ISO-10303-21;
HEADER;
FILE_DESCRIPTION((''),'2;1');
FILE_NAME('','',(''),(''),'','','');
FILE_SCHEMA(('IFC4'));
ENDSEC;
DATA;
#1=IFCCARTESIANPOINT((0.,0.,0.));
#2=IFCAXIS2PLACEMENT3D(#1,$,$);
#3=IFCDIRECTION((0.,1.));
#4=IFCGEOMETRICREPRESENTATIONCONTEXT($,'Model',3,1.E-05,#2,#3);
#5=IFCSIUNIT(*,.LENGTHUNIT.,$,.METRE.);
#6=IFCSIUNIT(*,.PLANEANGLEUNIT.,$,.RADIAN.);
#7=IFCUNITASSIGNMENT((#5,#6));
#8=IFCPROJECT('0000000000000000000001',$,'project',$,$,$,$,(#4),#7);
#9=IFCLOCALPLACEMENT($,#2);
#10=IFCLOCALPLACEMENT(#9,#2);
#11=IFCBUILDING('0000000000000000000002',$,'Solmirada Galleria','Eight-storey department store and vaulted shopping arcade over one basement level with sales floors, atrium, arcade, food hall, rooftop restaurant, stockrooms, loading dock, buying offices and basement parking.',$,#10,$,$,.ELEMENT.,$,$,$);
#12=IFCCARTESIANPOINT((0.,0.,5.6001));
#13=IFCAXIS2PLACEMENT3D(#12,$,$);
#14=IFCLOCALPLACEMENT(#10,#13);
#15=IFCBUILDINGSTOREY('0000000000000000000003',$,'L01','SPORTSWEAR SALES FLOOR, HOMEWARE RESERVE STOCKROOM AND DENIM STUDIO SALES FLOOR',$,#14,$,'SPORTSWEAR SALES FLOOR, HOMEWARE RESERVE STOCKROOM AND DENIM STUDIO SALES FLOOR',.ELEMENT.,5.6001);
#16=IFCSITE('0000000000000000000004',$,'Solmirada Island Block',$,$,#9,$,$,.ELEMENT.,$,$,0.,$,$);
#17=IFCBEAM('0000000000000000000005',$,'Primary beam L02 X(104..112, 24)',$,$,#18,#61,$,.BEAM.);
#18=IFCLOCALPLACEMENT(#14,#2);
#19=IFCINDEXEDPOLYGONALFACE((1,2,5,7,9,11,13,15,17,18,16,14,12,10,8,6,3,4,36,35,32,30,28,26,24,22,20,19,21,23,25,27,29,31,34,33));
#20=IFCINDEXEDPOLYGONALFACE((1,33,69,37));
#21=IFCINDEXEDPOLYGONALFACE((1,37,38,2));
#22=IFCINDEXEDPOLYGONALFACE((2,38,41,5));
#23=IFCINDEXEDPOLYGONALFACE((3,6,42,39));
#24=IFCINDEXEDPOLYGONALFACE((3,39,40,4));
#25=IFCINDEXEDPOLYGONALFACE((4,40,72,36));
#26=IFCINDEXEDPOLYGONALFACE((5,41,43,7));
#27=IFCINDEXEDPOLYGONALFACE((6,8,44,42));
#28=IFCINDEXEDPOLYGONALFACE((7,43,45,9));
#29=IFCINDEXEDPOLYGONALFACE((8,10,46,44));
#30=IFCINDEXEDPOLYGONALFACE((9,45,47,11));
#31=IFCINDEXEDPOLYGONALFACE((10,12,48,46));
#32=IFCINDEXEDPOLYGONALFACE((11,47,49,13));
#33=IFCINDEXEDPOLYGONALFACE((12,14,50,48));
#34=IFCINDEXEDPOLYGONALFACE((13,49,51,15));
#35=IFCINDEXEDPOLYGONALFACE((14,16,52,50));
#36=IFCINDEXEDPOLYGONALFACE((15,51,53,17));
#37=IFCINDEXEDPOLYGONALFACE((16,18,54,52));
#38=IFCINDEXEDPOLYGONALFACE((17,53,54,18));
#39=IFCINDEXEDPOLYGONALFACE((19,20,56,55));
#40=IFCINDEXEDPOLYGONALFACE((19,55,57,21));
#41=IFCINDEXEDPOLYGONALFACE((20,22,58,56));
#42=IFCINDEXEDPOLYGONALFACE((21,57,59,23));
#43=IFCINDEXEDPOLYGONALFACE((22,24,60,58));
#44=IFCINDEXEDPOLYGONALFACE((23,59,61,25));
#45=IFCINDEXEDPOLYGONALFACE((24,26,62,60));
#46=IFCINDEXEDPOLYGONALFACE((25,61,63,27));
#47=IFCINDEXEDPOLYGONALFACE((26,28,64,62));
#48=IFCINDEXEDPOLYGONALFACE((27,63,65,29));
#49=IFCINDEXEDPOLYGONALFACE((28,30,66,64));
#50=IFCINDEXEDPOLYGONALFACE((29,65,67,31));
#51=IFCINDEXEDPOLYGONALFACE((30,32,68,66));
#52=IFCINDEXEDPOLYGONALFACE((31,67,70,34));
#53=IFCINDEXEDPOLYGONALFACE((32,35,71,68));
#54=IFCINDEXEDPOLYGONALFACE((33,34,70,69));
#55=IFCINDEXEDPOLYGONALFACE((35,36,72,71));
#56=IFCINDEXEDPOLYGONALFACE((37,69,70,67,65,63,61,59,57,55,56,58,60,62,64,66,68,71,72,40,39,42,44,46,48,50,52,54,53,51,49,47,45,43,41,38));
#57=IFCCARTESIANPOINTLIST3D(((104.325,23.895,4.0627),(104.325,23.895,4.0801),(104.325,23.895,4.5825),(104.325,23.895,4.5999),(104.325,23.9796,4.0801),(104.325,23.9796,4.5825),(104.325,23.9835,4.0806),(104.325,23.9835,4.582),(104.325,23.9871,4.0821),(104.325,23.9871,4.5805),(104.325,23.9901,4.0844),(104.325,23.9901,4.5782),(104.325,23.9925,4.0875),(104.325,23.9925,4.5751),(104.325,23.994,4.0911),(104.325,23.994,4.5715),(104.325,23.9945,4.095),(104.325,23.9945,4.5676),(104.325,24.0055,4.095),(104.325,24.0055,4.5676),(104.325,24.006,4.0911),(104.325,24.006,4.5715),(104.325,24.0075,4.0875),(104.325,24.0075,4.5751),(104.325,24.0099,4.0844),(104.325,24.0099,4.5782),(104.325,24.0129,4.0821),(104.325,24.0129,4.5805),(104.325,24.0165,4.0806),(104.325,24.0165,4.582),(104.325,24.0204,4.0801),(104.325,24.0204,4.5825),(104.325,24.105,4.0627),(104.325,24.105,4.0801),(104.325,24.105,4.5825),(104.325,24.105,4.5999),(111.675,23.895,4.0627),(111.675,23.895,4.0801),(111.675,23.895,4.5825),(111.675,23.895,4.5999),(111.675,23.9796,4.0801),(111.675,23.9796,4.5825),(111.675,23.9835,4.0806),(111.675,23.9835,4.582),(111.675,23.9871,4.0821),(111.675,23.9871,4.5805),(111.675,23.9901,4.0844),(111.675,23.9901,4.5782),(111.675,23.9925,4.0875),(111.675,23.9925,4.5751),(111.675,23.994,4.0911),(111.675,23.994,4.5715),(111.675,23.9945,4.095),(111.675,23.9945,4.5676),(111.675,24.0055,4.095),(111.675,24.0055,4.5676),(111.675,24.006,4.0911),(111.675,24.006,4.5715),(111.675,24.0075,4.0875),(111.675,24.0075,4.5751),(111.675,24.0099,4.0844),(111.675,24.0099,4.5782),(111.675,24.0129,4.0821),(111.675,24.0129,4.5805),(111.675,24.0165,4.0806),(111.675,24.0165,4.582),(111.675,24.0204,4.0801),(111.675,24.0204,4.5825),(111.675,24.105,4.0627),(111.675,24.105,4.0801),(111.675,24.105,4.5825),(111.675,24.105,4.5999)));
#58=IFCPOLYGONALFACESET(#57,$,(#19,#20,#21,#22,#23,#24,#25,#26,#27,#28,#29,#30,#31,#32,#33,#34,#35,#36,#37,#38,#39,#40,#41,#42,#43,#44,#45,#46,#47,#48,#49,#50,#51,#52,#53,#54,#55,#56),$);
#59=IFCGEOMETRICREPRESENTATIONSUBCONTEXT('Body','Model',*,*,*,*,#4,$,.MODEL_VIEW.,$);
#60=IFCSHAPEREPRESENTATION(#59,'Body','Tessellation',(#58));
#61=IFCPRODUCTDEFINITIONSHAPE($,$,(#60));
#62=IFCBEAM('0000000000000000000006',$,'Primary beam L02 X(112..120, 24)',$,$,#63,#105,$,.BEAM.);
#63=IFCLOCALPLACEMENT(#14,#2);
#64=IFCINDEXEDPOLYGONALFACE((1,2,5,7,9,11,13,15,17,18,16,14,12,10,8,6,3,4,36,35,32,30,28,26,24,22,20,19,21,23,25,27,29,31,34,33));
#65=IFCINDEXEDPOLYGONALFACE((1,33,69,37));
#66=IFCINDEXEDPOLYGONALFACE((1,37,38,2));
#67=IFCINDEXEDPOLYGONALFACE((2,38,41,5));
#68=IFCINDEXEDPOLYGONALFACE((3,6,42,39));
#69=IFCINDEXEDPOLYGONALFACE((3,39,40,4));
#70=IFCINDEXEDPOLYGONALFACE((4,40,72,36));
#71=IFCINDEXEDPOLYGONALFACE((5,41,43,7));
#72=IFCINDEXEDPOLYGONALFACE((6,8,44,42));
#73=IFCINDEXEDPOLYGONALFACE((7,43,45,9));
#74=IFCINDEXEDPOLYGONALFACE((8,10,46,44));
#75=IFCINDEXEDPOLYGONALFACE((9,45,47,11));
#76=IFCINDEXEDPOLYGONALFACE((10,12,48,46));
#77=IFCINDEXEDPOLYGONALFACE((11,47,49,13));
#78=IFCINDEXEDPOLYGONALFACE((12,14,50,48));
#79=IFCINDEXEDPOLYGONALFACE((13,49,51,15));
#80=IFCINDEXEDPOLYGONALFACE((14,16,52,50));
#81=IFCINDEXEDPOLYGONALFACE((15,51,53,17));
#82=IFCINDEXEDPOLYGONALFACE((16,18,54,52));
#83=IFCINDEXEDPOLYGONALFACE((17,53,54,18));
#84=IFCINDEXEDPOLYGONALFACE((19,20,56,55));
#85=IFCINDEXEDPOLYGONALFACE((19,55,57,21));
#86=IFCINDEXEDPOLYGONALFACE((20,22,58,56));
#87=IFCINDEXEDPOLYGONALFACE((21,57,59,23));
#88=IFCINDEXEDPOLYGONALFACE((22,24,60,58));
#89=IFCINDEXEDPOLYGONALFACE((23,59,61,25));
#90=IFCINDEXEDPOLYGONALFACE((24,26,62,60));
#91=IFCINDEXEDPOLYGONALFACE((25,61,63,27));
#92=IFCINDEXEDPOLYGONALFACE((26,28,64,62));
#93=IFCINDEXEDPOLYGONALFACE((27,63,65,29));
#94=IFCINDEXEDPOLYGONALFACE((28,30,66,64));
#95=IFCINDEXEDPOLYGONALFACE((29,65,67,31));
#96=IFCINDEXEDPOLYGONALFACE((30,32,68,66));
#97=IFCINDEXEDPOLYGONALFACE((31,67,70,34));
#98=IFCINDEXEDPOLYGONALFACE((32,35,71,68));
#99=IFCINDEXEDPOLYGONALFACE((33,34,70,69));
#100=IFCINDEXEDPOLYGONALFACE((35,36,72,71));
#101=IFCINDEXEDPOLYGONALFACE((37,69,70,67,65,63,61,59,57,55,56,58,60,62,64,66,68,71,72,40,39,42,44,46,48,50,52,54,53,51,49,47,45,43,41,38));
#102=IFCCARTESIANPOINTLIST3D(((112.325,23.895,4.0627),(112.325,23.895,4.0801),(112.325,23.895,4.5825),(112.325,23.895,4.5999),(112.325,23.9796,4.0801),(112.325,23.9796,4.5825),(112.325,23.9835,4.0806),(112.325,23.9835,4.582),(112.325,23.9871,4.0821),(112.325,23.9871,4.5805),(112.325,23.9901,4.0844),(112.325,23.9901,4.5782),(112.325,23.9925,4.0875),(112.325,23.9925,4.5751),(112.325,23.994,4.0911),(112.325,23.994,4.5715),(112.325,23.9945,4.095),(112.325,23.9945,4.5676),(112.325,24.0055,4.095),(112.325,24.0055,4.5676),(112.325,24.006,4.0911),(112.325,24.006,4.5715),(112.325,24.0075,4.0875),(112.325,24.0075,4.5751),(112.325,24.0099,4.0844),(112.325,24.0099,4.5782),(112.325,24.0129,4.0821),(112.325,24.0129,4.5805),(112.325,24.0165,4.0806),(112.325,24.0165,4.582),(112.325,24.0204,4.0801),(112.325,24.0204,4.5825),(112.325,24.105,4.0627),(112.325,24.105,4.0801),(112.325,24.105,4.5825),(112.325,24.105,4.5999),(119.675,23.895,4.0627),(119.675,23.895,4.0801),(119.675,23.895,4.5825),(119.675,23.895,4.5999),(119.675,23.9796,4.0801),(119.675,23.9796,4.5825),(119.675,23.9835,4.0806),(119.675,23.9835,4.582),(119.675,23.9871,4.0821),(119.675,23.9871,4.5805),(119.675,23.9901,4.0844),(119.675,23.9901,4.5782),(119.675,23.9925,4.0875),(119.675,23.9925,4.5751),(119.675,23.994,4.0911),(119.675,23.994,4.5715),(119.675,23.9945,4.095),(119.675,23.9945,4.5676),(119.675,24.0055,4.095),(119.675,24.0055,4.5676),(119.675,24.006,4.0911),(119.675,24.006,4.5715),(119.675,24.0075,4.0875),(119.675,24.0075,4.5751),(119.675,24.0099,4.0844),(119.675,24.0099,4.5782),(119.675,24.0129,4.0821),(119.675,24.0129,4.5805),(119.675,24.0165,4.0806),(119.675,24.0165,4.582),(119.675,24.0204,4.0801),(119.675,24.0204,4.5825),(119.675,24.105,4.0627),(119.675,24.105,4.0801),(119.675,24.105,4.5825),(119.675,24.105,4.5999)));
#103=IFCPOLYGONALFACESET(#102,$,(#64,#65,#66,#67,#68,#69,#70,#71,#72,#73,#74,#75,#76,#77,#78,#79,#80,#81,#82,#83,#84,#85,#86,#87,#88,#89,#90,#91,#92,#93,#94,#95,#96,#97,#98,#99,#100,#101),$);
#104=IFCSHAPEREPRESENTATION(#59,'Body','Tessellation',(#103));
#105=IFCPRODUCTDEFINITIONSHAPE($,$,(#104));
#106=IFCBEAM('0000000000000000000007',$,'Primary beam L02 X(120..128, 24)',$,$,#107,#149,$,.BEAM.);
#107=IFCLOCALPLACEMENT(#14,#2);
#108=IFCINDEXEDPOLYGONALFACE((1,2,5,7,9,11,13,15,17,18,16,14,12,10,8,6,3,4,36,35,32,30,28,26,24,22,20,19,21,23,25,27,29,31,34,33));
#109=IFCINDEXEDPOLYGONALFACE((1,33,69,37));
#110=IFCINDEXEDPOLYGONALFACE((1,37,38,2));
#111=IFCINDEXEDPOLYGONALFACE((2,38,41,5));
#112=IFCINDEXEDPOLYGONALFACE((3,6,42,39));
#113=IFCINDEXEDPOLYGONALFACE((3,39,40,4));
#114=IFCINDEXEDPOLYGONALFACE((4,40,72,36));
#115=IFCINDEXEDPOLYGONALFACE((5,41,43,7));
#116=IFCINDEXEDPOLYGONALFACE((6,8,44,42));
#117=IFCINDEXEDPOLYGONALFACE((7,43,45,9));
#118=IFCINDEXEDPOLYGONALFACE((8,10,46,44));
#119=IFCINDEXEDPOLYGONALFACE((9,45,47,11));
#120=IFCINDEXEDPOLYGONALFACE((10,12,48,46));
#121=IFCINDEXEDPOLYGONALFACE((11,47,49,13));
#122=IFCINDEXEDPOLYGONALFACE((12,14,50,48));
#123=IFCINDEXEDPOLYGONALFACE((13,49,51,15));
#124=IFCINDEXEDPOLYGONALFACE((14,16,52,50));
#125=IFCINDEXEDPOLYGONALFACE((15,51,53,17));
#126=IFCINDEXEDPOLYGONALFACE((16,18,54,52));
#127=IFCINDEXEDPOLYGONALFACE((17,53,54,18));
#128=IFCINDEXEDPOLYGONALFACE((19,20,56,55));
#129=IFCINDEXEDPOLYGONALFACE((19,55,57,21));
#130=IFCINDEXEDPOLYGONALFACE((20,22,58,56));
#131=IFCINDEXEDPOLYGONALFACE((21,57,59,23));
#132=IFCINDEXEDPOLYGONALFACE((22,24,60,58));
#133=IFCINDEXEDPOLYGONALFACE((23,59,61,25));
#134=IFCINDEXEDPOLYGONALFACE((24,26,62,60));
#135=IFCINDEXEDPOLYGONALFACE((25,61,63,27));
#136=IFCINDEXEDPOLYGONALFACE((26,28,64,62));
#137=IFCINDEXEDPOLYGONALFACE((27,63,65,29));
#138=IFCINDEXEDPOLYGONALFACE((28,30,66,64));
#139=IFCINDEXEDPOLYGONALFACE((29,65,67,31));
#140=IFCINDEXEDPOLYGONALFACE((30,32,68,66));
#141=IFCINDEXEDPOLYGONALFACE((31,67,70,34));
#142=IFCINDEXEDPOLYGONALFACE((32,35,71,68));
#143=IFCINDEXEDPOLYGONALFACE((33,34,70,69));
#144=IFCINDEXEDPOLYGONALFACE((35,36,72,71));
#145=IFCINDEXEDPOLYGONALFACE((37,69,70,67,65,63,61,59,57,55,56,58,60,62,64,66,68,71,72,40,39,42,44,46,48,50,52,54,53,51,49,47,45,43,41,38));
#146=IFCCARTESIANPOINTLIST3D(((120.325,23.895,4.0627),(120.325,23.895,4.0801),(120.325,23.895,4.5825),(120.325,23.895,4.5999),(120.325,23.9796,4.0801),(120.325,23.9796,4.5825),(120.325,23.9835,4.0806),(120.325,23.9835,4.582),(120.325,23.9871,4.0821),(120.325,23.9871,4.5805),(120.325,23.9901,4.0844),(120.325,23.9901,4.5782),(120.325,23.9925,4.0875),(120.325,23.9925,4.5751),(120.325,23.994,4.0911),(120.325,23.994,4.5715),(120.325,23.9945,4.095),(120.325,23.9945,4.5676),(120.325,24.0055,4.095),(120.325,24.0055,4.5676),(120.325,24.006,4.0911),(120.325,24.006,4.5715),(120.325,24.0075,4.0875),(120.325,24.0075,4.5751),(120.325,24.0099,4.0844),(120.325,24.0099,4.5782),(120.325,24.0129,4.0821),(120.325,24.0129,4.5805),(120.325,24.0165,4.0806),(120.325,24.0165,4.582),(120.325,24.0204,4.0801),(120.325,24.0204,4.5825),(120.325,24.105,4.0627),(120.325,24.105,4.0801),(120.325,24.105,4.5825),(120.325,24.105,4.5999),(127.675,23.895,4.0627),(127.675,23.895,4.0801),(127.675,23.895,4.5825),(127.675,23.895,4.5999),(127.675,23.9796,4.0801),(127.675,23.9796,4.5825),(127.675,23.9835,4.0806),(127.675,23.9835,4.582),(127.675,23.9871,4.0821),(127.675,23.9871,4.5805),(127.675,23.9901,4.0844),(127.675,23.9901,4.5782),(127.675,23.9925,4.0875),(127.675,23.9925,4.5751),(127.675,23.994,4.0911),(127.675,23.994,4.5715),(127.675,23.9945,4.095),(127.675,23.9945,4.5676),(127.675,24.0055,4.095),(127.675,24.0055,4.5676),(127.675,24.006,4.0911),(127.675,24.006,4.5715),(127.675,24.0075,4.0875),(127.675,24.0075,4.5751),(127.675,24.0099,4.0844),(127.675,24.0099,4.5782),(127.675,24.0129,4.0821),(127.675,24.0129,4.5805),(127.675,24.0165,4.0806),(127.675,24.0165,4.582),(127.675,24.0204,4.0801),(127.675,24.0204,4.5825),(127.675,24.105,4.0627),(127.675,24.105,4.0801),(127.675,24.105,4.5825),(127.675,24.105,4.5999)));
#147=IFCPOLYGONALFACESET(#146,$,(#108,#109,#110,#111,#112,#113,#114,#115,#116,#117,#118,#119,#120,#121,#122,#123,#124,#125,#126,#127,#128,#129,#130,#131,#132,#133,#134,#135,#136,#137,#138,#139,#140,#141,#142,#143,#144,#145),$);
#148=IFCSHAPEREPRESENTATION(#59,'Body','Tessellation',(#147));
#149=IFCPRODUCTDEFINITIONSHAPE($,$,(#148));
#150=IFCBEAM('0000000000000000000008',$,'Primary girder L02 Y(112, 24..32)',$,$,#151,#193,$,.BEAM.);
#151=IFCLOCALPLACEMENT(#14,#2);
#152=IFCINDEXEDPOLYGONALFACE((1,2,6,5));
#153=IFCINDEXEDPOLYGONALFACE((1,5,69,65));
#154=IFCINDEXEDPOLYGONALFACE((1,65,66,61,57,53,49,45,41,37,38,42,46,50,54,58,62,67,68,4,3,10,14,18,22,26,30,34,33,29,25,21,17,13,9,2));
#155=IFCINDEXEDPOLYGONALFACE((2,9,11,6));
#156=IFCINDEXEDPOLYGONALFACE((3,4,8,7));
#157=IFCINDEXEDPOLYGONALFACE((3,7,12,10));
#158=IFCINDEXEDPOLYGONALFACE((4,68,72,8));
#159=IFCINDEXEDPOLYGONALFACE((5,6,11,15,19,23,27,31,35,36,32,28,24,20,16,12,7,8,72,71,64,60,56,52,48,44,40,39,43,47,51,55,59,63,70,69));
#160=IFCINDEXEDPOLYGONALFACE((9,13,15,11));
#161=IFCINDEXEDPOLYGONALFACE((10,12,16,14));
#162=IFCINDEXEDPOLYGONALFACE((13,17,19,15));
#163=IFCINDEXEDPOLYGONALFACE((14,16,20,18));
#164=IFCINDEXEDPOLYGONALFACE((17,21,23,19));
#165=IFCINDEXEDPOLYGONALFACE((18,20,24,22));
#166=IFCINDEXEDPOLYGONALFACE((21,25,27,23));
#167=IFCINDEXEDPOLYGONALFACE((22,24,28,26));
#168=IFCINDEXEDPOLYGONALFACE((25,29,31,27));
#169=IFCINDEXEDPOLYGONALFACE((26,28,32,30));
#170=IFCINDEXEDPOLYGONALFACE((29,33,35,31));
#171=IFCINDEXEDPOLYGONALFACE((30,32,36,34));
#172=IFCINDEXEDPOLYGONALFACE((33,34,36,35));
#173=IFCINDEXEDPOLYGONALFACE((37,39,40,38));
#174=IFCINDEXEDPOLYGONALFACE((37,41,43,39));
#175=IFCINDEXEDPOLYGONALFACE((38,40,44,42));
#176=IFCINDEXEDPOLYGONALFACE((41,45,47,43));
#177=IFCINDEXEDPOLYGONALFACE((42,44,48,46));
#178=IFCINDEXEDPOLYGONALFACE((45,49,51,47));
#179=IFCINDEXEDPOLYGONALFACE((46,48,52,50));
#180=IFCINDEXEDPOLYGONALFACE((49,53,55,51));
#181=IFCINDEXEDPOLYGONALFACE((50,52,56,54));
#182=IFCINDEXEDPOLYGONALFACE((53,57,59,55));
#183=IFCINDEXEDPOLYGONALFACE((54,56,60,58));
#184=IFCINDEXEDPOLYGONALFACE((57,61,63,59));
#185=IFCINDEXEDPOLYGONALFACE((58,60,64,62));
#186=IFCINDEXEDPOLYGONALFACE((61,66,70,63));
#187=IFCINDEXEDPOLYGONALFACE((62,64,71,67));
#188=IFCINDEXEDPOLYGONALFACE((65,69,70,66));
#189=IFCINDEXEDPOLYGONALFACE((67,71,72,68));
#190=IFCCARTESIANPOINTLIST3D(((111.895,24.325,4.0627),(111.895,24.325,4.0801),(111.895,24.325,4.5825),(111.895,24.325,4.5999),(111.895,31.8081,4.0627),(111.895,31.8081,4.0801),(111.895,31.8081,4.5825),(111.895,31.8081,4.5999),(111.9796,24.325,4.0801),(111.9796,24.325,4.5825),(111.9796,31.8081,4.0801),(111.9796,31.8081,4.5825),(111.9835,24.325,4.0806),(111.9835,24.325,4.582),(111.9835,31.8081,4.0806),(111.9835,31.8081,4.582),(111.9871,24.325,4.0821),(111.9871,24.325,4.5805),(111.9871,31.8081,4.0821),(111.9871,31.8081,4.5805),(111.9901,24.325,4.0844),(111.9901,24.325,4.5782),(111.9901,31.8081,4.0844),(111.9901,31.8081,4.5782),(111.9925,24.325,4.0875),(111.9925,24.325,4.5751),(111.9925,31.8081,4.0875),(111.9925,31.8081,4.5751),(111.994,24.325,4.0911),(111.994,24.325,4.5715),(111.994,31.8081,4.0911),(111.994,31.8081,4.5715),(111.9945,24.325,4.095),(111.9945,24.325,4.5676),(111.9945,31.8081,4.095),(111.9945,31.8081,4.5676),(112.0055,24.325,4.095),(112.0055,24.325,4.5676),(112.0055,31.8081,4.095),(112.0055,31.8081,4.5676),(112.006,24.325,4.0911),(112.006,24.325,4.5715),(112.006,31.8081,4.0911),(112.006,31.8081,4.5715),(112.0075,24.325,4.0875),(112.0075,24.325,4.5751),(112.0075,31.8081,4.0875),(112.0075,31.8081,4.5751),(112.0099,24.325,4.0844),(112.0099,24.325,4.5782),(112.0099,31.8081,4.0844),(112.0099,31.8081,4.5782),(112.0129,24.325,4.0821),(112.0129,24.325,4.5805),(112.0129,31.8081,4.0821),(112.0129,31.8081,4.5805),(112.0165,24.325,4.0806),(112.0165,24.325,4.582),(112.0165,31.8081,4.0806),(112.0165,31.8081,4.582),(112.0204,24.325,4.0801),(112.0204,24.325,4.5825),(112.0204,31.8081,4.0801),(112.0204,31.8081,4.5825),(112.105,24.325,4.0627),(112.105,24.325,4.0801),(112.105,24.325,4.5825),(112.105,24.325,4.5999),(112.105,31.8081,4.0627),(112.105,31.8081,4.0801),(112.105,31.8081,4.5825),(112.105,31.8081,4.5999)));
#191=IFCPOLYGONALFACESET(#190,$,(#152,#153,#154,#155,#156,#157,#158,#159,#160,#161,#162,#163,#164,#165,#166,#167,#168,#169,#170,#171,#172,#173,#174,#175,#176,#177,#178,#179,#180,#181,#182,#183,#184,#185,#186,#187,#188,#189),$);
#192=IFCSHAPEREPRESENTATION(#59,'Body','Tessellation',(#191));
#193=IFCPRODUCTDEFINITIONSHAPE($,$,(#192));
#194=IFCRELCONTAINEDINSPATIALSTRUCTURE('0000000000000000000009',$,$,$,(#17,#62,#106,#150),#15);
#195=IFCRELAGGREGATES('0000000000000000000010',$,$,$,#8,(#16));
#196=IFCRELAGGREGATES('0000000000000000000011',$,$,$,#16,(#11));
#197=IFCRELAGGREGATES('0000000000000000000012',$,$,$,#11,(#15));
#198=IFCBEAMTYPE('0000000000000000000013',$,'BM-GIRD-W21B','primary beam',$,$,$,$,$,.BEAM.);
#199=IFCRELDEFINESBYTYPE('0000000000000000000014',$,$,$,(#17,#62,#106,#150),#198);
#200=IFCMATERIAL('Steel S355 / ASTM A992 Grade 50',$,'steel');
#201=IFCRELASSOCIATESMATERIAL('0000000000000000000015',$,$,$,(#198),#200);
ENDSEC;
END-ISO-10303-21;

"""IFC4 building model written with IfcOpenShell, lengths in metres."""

from ifc_helpers import new_model, si_unit, direction, frame, origin, origin_2d, place, context, subcontext, project, spatial, i_section, extrude, material, material_profile, profile_set, type_object, element, save


model = new_model("IFC4")

# Units and contexts
model_context = context("Model", 3, precision=1e-05, world=origin(), true_north=direction((0.0, 1.0)))
body_context = subcontext(model_context, "Body", "Model", "MODEL_VIEW")
ifc_project = project(units=[si_unit("LENGTHUNIT", "METRE"), si_unit("PLANEANGLEUNIT", "RADIAN")], contexts=[model_context])

# Site, building, storey
site_placement = place(None, origin())
site = spatial("IfcSite", under=ifc_project, at=site_placement, Name="Solmirada Island Block", CompositionType="ELEMENT", RefElevation=0.0)
building_placement = place(site_placement, origin())
building = spatial("IfcBuilding", under=site, at=building_placement, Name="Solmirada Galleria", Description="Eight-storey department store and vaulted shopping arcade over one basement level with sales floors, atrium, arcade, food hall, rooftop restaurant, stockrooms, loading dock, buying offices and basement parking.", CompositionType="ELEMENT")
storey_placement = place(building_placement, frame((0.0, 0.0, 5.6001)))
storey = spatial("IfcBuildingStorey", under=building, at=storey_placement, Name="L01", Description="SPORTSWEAR SALES FLOOR, HOMEWARE RESERVE STOCKROOM AND DENIM STUDIO SALES FLOOR", LongName="SPORTSWEAR SALES FLOOR, HOMEWARE RESERVE STOCKROOM AND DENIM STUDIO SALES FLOOR", CompositionType="ELEMENT", Elevation=5.6001)

# Beams
ifc_material_1 = material(Name="Steel S355 / ASTM A992 Grade 50", Category="steel")
ifc_material_profile_1 = material_profile(ifc_material_1, i_section(OverallWidth=0.21, OverallDepth=0.5371, WebThickness=0.011, FlangeThickness=0.0173, FilletRadius=0.0149, at=origin_2d()), Name="W21X68")
ifc_profile_set_1 = profile_set([ifc_material_profile_1], Name="Steel S355 / ASTM A992 Grade 50")
beam_type_1 = type_object("IfcBeamType", Name="BM-GIRD-W21B", Description="primary beam", PredefinedType="BEAM", material=ifc_profile_set_1)
for number, where, z_axis, x_axis, name in (
    (1, (104.325, 24.0, 4.3313), (1.0, 0.0, 0.0), (0.0, 1.0, 0.0), "Primary beam L02 X(104..112, 24)"),
    (2, (112.325, 24.0, 4.3313), (1.0, 0.0, 0.0), (0.0, 1.0, 0.0), "Primary beam L02 X(112..120, 24)"),
    (3, (120.325, 24.0, 4.3313), (1.0, 0.0, 0.0), (0.0, 1.0, 0.0), "Primary beam L02 X(120..128, 24)"),
):
    element("IfcBeam", number, at=place(storey_placement, frame(where, z_axis=z_axis, x_axis=x_axis)), inside=storey, type_object=beam_type_1, Name=name, PredefinedType="BEAM", context=body_context, shape_type="SweptSolid", body=[
        extrude(i_section(OverallWidth=0.21, OverallDepth=0.5371, WebThickness=0.011, FlangeThickness=0.0173, FilletRadius=0.0149, at=origin_2d()), origin(), (0.0, 0.0, 1.0), 7.3501),
    ])
beam_1_placement = place(storey_placement, frame((112.0, 24.325, 4.3313), z_axis=(0.0, 1.0, 0.0), x_axis=(-1.0, 0.0, 0.0)))
element("IfcBeam", 4, at=beam_1_placement, inside=storey, type_object=beam_type_1, Name="Primary girder L02 Y(112, 24..32)", PredefinedType="BEAM", context=body_context, shape_type="SweptSolid", body=[
    extrude(i_section(OverallWidth=0.21, OverallDepth=0.5371, WebThickness=0.011, FlangeThickness=0.0173, FilletRadius=0.0149, at=origin_2d()), origin(), (0.0, 0.0, 1.0), 7.4832),
])

save(model, "model.ifc")
